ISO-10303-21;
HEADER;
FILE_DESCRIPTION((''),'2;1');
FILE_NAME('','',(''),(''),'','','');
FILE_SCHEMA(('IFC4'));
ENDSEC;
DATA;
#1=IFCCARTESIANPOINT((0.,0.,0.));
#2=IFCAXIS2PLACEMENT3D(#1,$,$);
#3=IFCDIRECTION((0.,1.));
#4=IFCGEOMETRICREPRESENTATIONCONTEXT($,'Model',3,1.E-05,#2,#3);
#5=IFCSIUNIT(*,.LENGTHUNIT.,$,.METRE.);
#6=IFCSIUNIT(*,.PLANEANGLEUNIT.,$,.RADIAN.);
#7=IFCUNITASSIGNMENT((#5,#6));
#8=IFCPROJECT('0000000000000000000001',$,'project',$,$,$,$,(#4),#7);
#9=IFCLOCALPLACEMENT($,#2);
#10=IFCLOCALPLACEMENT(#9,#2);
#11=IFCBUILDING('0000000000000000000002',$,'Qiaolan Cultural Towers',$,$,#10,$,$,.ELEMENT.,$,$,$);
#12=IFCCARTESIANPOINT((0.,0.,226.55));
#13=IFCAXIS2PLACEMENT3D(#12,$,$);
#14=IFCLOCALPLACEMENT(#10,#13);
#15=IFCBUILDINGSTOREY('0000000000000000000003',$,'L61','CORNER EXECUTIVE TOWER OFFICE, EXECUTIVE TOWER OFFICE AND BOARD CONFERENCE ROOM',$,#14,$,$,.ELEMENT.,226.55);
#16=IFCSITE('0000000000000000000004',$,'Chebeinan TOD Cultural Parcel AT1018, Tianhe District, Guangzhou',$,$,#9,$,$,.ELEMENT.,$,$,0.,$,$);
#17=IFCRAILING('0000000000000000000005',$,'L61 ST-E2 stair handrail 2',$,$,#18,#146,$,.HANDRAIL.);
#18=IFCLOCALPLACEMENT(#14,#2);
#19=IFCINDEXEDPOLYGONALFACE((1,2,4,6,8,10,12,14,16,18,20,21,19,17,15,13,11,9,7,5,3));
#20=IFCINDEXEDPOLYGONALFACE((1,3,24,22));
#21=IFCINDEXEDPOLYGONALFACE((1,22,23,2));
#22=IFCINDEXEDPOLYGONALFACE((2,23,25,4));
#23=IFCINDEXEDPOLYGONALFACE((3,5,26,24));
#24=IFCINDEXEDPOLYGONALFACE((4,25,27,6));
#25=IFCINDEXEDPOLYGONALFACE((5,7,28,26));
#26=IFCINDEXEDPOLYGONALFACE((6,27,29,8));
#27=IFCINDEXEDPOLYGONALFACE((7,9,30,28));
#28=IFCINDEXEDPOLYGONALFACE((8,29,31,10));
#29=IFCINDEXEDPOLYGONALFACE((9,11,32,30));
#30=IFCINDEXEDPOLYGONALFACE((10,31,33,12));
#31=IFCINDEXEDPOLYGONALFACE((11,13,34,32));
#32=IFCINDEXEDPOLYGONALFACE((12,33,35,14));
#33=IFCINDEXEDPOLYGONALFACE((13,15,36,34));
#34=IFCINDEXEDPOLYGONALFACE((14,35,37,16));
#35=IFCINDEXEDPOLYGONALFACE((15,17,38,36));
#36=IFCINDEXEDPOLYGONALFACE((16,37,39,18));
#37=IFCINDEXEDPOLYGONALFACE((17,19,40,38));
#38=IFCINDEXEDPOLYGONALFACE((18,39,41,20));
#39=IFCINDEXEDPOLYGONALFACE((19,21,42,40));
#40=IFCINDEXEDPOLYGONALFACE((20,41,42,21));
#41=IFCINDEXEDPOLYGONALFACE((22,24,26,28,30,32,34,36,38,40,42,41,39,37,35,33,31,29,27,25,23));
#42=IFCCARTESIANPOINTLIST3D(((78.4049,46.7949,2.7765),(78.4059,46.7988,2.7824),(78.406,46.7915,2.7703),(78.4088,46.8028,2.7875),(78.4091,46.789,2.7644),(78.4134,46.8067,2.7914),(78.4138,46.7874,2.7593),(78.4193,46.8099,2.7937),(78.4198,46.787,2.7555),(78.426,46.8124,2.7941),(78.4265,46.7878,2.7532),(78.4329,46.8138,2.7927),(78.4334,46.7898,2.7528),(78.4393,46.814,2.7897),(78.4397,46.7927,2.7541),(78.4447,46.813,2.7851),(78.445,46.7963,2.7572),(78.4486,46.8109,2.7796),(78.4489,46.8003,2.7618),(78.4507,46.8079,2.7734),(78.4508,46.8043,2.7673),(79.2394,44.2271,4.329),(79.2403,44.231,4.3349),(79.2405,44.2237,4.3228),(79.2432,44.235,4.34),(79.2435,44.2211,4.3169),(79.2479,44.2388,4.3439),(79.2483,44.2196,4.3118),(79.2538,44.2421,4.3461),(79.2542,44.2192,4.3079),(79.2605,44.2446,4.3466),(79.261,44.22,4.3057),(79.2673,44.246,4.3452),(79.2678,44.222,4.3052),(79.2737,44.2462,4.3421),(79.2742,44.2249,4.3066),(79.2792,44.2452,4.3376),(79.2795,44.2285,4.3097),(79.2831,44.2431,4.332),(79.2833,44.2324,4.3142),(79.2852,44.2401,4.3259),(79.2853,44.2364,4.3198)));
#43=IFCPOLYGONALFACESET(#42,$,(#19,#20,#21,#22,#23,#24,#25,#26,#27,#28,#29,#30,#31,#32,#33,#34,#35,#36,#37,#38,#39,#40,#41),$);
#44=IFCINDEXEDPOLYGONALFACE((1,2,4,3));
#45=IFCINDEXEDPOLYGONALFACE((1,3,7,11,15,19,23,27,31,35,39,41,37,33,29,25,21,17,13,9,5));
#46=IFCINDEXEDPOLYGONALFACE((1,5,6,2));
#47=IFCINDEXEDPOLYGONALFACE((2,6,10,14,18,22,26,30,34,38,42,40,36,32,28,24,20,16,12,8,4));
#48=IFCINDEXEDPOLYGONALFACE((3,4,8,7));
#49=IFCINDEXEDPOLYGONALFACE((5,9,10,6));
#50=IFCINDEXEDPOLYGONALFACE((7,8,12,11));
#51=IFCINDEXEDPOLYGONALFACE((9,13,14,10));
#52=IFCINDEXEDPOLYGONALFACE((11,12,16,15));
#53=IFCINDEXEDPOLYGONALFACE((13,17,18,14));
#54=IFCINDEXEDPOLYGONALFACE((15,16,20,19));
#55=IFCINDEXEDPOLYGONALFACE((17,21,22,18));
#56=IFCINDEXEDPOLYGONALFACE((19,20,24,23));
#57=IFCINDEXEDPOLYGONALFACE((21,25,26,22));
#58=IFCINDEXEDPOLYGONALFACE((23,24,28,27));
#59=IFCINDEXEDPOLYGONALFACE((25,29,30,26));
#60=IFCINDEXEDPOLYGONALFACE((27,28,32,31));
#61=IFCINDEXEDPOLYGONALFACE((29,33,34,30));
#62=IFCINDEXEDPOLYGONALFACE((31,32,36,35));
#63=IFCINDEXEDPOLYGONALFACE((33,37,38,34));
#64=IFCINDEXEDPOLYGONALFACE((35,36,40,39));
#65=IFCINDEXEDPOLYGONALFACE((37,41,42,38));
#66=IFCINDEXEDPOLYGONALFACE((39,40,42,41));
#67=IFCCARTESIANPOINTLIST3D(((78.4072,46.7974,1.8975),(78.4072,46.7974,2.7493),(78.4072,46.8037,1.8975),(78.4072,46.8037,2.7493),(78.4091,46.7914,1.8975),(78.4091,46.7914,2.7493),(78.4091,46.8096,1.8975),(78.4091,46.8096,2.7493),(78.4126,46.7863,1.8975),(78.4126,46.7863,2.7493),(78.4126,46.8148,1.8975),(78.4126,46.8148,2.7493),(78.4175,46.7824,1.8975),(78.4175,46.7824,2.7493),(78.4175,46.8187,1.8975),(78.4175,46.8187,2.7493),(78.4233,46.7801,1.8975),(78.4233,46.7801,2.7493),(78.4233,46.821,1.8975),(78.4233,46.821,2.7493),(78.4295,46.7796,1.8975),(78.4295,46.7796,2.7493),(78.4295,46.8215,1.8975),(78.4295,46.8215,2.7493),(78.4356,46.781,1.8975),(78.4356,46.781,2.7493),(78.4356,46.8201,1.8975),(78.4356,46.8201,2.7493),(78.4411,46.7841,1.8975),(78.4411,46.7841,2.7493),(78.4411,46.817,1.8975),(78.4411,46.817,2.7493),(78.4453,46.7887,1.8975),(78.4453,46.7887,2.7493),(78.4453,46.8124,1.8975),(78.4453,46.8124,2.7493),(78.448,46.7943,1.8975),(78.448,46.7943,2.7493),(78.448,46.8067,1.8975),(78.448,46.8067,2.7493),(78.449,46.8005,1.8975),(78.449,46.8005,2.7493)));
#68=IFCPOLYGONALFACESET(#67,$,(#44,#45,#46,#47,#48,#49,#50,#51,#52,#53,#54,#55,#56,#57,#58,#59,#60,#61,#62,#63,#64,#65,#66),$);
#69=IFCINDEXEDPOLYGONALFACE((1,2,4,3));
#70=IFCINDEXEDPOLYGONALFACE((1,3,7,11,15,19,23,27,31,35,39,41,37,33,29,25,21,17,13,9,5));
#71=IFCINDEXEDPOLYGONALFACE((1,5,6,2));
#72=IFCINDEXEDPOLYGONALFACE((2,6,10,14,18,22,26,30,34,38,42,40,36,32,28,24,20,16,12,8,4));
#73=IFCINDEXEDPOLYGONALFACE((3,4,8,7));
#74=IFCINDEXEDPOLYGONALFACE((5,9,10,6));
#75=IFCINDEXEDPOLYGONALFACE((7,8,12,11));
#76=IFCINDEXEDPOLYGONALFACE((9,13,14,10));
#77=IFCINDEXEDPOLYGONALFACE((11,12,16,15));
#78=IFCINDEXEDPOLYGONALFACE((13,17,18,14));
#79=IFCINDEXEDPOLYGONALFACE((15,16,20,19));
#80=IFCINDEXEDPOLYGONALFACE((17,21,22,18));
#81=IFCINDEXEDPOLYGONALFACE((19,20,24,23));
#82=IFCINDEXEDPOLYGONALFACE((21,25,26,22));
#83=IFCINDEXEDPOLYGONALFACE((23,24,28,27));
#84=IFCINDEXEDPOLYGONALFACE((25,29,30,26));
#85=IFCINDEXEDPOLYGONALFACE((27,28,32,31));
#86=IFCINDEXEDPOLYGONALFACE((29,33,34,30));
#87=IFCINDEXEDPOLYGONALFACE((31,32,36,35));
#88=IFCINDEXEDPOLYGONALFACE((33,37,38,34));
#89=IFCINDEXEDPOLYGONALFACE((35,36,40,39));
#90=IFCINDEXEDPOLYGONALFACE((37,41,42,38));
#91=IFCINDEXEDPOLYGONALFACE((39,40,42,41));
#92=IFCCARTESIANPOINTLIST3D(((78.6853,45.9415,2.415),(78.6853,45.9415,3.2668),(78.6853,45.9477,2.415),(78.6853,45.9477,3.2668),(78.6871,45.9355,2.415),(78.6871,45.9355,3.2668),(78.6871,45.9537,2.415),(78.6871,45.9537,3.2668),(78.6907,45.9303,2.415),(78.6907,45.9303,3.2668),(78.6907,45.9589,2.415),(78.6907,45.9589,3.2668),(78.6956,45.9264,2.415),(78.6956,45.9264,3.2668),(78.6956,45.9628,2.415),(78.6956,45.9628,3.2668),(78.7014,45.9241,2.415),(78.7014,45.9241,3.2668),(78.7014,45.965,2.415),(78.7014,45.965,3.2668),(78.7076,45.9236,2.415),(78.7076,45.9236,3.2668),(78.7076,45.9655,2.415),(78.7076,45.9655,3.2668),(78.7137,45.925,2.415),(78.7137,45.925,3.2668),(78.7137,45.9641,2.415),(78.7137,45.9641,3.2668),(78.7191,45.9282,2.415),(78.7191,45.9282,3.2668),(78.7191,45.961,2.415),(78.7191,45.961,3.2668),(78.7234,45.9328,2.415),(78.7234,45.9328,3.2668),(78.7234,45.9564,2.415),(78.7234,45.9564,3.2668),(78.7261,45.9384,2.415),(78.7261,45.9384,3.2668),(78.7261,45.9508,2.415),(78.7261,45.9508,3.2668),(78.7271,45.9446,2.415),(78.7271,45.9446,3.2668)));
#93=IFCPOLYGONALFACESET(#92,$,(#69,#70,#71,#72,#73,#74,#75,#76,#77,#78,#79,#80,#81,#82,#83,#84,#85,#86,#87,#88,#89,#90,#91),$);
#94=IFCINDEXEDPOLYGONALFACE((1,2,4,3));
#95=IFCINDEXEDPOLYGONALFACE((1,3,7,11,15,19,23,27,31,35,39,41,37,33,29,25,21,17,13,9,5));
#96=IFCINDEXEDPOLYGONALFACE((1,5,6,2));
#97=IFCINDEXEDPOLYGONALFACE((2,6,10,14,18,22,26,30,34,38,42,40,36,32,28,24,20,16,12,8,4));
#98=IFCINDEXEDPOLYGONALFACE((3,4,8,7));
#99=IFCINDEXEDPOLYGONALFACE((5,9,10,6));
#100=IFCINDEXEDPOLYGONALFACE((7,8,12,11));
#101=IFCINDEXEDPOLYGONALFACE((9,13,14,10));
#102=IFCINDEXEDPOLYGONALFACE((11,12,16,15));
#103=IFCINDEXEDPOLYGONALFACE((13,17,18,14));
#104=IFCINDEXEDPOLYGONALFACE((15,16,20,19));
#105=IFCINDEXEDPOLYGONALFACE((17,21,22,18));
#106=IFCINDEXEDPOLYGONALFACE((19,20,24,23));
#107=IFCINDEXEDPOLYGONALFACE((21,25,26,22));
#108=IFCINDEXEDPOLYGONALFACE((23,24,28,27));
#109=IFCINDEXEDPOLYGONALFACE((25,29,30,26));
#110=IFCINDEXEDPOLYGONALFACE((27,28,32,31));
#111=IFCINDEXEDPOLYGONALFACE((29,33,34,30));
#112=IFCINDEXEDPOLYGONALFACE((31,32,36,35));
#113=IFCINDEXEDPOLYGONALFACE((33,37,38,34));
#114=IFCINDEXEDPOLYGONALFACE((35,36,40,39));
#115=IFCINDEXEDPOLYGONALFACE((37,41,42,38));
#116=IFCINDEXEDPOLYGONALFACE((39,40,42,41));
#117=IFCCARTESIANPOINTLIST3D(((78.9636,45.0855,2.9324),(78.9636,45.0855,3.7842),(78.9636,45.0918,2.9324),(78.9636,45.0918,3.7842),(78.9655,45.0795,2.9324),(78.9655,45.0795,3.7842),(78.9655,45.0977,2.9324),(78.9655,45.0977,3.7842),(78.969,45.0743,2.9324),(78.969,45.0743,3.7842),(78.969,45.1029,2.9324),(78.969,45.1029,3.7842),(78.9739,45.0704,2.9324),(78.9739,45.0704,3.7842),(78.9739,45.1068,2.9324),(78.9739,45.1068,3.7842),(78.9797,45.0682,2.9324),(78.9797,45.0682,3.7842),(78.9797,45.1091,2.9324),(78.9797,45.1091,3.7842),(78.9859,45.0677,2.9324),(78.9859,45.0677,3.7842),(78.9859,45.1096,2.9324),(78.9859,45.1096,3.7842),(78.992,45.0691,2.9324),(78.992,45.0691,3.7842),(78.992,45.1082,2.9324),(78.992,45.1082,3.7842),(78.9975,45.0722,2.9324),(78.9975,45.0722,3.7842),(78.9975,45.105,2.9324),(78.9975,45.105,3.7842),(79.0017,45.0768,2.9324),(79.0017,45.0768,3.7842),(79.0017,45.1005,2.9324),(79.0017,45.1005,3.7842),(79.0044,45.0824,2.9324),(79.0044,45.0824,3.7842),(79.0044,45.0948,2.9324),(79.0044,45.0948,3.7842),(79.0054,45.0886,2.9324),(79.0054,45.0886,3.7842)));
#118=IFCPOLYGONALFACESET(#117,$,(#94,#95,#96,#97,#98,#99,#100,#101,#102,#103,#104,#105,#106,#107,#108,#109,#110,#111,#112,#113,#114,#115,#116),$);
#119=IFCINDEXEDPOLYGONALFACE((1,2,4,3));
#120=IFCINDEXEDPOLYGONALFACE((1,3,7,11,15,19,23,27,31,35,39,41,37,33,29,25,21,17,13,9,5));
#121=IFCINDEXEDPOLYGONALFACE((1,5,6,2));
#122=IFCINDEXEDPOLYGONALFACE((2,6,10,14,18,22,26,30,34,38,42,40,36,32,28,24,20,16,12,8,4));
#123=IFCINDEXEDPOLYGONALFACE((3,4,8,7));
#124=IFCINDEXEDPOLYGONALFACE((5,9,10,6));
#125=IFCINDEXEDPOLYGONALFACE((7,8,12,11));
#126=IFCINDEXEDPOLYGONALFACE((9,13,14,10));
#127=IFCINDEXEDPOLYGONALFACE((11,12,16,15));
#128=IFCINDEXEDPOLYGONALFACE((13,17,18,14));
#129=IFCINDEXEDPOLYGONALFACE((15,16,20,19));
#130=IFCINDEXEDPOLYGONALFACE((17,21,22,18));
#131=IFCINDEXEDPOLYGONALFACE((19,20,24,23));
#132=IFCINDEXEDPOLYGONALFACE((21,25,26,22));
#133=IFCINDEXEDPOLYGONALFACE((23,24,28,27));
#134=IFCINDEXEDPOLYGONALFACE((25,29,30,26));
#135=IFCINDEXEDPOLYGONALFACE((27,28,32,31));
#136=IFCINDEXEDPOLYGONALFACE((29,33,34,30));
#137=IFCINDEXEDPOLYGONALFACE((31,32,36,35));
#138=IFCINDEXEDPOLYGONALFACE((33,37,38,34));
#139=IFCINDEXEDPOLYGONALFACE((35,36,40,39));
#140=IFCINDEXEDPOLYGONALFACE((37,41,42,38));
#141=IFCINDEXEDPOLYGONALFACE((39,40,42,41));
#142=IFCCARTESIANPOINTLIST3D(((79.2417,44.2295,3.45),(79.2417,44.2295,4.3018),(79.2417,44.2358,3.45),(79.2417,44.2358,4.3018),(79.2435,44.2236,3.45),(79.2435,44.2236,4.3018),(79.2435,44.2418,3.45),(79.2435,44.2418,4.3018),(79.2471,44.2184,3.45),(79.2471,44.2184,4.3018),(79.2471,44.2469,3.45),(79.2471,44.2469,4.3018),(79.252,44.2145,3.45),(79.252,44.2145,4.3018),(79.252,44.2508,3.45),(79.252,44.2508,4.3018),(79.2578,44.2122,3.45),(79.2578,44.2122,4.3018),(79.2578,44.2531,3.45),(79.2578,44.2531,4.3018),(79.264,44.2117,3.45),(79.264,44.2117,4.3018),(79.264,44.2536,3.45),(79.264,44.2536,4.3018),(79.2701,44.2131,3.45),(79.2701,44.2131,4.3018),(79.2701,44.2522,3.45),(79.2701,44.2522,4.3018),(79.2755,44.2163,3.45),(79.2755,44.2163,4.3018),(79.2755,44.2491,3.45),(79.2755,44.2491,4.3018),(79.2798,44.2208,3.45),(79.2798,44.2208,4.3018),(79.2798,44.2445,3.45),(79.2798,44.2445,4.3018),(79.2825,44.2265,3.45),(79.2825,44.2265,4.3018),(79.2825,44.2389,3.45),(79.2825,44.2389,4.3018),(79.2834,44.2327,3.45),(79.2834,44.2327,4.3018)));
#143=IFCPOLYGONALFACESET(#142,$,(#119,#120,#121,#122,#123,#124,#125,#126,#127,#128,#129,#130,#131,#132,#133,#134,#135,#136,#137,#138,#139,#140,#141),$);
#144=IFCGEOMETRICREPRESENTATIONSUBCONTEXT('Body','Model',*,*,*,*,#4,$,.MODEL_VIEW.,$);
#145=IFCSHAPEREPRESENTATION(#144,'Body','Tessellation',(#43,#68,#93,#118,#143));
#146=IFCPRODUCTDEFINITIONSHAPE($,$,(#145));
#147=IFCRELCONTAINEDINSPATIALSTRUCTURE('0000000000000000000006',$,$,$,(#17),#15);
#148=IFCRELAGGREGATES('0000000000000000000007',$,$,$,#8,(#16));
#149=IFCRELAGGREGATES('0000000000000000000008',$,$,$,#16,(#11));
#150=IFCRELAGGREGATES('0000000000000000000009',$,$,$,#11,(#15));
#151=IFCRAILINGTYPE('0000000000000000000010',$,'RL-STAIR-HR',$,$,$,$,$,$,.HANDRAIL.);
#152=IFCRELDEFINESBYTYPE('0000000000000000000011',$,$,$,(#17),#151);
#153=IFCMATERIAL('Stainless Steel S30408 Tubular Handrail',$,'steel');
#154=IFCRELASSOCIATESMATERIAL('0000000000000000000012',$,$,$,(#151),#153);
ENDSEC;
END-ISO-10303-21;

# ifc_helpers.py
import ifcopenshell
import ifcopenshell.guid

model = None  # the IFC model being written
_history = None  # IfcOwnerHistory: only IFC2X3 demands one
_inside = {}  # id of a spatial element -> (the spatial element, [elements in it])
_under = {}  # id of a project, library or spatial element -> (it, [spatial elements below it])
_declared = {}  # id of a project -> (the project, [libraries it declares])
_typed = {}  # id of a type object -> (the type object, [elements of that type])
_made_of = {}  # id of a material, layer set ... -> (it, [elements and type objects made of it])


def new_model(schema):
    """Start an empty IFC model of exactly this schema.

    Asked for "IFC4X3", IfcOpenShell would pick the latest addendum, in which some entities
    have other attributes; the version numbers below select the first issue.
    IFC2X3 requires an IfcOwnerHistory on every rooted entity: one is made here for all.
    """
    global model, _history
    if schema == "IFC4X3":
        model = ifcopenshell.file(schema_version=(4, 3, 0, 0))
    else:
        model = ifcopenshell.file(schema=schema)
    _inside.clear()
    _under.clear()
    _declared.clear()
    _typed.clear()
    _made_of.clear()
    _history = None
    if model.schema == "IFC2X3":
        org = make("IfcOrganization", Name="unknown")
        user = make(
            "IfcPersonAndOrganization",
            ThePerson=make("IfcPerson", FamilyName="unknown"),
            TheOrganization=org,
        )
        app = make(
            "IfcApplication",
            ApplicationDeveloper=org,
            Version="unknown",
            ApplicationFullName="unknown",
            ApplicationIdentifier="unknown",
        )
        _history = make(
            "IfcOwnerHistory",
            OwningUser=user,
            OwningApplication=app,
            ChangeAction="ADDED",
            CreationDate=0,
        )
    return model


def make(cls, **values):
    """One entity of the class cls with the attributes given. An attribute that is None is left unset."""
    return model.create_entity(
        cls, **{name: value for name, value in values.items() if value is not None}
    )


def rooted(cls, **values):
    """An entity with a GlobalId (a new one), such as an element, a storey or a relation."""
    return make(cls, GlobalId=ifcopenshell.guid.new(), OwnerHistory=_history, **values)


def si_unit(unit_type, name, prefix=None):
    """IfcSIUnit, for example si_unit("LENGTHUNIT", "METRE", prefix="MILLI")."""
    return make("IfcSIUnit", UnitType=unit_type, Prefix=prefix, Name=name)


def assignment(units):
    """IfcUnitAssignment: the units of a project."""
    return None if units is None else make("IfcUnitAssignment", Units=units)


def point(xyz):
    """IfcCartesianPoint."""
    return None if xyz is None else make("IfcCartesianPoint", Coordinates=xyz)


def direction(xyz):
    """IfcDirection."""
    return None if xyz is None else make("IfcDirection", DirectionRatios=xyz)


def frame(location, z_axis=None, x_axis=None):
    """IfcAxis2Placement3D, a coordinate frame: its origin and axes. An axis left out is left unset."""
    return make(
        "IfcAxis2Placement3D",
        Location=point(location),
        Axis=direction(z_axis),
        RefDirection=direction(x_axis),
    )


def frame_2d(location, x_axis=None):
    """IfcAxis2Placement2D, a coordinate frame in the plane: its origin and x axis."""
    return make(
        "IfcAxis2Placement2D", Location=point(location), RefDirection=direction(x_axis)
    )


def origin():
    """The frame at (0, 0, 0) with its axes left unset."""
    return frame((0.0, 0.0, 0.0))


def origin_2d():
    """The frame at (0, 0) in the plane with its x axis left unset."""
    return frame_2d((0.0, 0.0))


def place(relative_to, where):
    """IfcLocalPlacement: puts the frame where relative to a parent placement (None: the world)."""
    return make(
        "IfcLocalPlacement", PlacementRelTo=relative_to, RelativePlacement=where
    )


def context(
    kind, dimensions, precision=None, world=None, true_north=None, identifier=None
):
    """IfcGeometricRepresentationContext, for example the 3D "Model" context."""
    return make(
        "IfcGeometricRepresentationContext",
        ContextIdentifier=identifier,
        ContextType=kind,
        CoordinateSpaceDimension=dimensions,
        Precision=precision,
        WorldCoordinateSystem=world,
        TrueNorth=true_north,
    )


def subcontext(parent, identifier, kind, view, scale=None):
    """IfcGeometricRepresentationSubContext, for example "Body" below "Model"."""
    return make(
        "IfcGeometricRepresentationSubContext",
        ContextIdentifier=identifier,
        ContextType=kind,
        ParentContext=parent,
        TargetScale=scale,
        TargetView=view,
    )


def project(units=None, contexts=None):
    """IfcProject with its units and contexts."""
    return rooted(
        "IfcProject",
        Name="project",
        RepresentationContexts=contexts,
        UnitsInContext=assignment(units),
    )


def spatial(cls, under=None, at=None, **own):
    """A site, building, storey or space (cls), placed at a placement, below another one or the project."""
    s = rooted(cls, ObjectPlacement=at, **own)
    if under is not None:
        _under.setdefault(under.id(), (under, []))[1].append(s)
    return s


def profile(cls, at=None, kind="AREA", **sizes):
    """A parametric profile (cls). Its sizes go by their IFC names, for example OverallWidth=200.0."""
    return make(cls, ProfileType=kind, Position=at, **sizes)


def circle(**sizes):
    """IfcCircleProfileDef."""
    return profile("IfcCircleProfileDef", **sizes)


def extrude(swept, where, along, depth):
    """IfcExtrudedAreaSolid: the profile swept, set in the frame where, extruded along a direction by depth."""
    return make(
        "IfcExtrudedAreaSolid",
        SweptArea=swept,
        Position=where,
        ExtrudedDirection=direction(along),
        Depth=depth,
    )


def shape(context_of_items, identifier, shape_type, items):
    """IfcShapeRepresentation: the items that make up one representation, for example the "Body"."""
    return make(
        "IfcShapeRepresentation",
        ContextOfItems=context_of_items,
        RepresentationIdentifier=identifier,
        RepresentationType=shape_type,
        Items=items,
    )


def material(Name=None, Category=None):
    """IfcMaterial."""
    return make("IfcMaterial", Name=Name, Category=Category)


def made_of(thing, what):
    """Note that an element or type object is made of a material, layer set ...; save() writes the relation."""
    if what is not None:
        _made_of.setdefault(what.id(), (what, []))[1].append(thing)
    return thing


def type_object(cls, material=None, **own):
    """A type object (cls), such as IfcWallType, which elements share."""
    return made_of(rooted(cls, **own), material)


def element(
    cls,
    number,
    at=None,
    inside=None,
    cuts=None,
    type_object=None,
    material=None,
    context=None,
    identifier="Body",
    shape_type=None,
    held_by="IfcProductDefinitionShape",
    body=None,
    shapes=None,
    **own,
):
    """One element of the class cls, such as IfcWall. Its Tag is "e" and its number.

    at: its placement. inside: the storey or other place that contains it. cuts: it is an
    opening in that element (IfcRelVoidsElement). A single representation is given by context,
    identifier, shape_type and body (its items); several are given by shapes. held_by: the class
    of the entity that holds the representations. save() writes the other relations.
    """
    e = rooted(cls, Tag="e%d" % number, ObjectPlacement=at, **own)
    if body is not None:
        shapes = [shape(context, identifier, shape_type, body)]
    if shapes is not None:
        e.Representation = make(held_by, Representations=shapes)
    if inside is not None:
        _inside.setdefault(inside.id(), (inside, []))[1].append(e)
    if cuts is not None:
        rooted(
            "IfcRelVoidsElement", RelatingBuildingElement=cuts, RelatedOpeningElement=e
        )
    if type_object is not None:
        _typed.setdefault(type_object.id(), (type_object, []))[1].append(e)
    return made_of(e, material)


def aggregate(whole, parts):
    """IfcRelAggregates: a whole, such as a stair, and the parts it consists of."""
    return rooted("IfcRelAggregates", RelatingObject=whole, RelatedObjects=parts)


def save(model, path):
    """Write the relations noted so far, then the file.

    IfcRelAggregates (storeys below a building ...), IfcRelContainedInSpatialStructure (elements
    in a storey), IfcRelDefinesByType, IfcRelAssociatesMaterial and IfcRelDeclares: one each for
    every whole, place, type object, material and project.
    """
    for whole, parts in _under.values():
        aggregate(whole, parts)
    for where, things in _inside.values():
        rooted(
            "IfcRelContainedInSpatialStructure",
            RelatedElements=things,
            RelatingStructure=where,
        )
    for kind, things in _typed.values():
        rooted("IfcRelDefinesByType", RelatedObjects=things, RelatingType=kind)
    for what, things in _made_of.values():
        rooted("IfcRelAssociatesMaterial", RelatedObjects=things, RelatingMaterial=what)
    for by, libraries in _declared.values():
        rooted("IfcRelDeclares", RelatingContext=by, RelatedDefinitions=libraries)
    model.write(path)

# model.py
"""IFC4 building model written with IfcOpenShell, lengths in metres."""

from ifc_helpers import new_model, si_unit, direction, frame, origin, origin_2d, place, context, subcontext, project, spatial, circle, extrude, material, type_object, element, save


model = new_model("IFC4")

# Units and contexts
model_context = context("Model", 3, precision=1e-05, world=origin(), true_north=direction((0.0, 1.0)))
body_context = subcontext(model_context, "Body", "Model", "MODEL_VIEW")
ifc_project = project(units=[si_unit("LENGTHUNIT", "METRE"), si_unit("PLANEANGLEUNIT", "RADIAN")], contexts=[model_context])

# Site, building, storey
site_placement = place(None, origin())
site = spatial("IfcSite", under=ifc_project, at=site_placement, Name="Chebeinan TOD Cultural Parcel AT1018, Tianhe District, Guangzhou", CompositionType="ELEMENT", RefElevation=0.0)
building_placement = place(site_placement, origin())
building = spatial("IfcBuilding", under=site, at=building_placement, Name="Qiaolan Cultural Towers", CompositionType="ELEMENT")
storey_placement = place(building_placement, frame((0.0, 0.0, 226.55)))
storey = spatial("IfcBuildingStorey", under=building, at=storey_placement, Name="L61", Description="CORNER EXECUTIVE TOWER OFFICE, EXECUTIVE TOWER OFFICE AND BOARD CONFERENCE ROOM", CompositionType="ELEMENT", Elevation=226.55)

# Railing
ifc_material_1 = material(Name="Stainless Steel S30408 Tubular Handrail", Category="steel")
railing_type_1 = type_object("IfcRailingType", Name="RL-STAIR-HR", PredefinedType="HANDRAIL", material=ifc_material_1)
railing_1_placement = place(storey_placement, frame((78.428, 46.8005, 1.8975)))
element("IfcRailing", 1, at=railing_1_placement, inside=storey, type_object=railing_type_1, Name="L61 ST-E2 stair handrail 2", PredefinedType="HANDRAIL", context=body_context, shape_type="SweptSolid", body=[
    extrude(circle(Radius=0.0239, at=origin_2d()), frame((0.0, 0.0, 0.876), z_axis=(0.267926, -0.824471, 0.498461), x_axis=(0.951043, 0.309057, 0.0)), (0.0, 0.0, 1.0), 3.1145),
    extrude(circle(Radius=0.021, at=origin_2d()), origin(), (0.0, 0.0, 1.0), 0.8518),
    extrude(circle(Radius=0.021, at=origin_2d()), frame((0.2781, -0.856, 0.5176)), (0.0, 0.0, 1.0), 0.8518),
    extrude(circle(Radius=0.021, at=origin_2d()), frame((0.5564, -1.7119, 1.0349)), (0.0, 0.0, 1.0), 0.8518),
    extrude(circle(Radius=0.021, at=origin_2d()), frame((0.8345, -2.5679, 1.5525)), (0.0, 0.0, 1.0), 0.8518),
])

save(model, "model.ifc")
